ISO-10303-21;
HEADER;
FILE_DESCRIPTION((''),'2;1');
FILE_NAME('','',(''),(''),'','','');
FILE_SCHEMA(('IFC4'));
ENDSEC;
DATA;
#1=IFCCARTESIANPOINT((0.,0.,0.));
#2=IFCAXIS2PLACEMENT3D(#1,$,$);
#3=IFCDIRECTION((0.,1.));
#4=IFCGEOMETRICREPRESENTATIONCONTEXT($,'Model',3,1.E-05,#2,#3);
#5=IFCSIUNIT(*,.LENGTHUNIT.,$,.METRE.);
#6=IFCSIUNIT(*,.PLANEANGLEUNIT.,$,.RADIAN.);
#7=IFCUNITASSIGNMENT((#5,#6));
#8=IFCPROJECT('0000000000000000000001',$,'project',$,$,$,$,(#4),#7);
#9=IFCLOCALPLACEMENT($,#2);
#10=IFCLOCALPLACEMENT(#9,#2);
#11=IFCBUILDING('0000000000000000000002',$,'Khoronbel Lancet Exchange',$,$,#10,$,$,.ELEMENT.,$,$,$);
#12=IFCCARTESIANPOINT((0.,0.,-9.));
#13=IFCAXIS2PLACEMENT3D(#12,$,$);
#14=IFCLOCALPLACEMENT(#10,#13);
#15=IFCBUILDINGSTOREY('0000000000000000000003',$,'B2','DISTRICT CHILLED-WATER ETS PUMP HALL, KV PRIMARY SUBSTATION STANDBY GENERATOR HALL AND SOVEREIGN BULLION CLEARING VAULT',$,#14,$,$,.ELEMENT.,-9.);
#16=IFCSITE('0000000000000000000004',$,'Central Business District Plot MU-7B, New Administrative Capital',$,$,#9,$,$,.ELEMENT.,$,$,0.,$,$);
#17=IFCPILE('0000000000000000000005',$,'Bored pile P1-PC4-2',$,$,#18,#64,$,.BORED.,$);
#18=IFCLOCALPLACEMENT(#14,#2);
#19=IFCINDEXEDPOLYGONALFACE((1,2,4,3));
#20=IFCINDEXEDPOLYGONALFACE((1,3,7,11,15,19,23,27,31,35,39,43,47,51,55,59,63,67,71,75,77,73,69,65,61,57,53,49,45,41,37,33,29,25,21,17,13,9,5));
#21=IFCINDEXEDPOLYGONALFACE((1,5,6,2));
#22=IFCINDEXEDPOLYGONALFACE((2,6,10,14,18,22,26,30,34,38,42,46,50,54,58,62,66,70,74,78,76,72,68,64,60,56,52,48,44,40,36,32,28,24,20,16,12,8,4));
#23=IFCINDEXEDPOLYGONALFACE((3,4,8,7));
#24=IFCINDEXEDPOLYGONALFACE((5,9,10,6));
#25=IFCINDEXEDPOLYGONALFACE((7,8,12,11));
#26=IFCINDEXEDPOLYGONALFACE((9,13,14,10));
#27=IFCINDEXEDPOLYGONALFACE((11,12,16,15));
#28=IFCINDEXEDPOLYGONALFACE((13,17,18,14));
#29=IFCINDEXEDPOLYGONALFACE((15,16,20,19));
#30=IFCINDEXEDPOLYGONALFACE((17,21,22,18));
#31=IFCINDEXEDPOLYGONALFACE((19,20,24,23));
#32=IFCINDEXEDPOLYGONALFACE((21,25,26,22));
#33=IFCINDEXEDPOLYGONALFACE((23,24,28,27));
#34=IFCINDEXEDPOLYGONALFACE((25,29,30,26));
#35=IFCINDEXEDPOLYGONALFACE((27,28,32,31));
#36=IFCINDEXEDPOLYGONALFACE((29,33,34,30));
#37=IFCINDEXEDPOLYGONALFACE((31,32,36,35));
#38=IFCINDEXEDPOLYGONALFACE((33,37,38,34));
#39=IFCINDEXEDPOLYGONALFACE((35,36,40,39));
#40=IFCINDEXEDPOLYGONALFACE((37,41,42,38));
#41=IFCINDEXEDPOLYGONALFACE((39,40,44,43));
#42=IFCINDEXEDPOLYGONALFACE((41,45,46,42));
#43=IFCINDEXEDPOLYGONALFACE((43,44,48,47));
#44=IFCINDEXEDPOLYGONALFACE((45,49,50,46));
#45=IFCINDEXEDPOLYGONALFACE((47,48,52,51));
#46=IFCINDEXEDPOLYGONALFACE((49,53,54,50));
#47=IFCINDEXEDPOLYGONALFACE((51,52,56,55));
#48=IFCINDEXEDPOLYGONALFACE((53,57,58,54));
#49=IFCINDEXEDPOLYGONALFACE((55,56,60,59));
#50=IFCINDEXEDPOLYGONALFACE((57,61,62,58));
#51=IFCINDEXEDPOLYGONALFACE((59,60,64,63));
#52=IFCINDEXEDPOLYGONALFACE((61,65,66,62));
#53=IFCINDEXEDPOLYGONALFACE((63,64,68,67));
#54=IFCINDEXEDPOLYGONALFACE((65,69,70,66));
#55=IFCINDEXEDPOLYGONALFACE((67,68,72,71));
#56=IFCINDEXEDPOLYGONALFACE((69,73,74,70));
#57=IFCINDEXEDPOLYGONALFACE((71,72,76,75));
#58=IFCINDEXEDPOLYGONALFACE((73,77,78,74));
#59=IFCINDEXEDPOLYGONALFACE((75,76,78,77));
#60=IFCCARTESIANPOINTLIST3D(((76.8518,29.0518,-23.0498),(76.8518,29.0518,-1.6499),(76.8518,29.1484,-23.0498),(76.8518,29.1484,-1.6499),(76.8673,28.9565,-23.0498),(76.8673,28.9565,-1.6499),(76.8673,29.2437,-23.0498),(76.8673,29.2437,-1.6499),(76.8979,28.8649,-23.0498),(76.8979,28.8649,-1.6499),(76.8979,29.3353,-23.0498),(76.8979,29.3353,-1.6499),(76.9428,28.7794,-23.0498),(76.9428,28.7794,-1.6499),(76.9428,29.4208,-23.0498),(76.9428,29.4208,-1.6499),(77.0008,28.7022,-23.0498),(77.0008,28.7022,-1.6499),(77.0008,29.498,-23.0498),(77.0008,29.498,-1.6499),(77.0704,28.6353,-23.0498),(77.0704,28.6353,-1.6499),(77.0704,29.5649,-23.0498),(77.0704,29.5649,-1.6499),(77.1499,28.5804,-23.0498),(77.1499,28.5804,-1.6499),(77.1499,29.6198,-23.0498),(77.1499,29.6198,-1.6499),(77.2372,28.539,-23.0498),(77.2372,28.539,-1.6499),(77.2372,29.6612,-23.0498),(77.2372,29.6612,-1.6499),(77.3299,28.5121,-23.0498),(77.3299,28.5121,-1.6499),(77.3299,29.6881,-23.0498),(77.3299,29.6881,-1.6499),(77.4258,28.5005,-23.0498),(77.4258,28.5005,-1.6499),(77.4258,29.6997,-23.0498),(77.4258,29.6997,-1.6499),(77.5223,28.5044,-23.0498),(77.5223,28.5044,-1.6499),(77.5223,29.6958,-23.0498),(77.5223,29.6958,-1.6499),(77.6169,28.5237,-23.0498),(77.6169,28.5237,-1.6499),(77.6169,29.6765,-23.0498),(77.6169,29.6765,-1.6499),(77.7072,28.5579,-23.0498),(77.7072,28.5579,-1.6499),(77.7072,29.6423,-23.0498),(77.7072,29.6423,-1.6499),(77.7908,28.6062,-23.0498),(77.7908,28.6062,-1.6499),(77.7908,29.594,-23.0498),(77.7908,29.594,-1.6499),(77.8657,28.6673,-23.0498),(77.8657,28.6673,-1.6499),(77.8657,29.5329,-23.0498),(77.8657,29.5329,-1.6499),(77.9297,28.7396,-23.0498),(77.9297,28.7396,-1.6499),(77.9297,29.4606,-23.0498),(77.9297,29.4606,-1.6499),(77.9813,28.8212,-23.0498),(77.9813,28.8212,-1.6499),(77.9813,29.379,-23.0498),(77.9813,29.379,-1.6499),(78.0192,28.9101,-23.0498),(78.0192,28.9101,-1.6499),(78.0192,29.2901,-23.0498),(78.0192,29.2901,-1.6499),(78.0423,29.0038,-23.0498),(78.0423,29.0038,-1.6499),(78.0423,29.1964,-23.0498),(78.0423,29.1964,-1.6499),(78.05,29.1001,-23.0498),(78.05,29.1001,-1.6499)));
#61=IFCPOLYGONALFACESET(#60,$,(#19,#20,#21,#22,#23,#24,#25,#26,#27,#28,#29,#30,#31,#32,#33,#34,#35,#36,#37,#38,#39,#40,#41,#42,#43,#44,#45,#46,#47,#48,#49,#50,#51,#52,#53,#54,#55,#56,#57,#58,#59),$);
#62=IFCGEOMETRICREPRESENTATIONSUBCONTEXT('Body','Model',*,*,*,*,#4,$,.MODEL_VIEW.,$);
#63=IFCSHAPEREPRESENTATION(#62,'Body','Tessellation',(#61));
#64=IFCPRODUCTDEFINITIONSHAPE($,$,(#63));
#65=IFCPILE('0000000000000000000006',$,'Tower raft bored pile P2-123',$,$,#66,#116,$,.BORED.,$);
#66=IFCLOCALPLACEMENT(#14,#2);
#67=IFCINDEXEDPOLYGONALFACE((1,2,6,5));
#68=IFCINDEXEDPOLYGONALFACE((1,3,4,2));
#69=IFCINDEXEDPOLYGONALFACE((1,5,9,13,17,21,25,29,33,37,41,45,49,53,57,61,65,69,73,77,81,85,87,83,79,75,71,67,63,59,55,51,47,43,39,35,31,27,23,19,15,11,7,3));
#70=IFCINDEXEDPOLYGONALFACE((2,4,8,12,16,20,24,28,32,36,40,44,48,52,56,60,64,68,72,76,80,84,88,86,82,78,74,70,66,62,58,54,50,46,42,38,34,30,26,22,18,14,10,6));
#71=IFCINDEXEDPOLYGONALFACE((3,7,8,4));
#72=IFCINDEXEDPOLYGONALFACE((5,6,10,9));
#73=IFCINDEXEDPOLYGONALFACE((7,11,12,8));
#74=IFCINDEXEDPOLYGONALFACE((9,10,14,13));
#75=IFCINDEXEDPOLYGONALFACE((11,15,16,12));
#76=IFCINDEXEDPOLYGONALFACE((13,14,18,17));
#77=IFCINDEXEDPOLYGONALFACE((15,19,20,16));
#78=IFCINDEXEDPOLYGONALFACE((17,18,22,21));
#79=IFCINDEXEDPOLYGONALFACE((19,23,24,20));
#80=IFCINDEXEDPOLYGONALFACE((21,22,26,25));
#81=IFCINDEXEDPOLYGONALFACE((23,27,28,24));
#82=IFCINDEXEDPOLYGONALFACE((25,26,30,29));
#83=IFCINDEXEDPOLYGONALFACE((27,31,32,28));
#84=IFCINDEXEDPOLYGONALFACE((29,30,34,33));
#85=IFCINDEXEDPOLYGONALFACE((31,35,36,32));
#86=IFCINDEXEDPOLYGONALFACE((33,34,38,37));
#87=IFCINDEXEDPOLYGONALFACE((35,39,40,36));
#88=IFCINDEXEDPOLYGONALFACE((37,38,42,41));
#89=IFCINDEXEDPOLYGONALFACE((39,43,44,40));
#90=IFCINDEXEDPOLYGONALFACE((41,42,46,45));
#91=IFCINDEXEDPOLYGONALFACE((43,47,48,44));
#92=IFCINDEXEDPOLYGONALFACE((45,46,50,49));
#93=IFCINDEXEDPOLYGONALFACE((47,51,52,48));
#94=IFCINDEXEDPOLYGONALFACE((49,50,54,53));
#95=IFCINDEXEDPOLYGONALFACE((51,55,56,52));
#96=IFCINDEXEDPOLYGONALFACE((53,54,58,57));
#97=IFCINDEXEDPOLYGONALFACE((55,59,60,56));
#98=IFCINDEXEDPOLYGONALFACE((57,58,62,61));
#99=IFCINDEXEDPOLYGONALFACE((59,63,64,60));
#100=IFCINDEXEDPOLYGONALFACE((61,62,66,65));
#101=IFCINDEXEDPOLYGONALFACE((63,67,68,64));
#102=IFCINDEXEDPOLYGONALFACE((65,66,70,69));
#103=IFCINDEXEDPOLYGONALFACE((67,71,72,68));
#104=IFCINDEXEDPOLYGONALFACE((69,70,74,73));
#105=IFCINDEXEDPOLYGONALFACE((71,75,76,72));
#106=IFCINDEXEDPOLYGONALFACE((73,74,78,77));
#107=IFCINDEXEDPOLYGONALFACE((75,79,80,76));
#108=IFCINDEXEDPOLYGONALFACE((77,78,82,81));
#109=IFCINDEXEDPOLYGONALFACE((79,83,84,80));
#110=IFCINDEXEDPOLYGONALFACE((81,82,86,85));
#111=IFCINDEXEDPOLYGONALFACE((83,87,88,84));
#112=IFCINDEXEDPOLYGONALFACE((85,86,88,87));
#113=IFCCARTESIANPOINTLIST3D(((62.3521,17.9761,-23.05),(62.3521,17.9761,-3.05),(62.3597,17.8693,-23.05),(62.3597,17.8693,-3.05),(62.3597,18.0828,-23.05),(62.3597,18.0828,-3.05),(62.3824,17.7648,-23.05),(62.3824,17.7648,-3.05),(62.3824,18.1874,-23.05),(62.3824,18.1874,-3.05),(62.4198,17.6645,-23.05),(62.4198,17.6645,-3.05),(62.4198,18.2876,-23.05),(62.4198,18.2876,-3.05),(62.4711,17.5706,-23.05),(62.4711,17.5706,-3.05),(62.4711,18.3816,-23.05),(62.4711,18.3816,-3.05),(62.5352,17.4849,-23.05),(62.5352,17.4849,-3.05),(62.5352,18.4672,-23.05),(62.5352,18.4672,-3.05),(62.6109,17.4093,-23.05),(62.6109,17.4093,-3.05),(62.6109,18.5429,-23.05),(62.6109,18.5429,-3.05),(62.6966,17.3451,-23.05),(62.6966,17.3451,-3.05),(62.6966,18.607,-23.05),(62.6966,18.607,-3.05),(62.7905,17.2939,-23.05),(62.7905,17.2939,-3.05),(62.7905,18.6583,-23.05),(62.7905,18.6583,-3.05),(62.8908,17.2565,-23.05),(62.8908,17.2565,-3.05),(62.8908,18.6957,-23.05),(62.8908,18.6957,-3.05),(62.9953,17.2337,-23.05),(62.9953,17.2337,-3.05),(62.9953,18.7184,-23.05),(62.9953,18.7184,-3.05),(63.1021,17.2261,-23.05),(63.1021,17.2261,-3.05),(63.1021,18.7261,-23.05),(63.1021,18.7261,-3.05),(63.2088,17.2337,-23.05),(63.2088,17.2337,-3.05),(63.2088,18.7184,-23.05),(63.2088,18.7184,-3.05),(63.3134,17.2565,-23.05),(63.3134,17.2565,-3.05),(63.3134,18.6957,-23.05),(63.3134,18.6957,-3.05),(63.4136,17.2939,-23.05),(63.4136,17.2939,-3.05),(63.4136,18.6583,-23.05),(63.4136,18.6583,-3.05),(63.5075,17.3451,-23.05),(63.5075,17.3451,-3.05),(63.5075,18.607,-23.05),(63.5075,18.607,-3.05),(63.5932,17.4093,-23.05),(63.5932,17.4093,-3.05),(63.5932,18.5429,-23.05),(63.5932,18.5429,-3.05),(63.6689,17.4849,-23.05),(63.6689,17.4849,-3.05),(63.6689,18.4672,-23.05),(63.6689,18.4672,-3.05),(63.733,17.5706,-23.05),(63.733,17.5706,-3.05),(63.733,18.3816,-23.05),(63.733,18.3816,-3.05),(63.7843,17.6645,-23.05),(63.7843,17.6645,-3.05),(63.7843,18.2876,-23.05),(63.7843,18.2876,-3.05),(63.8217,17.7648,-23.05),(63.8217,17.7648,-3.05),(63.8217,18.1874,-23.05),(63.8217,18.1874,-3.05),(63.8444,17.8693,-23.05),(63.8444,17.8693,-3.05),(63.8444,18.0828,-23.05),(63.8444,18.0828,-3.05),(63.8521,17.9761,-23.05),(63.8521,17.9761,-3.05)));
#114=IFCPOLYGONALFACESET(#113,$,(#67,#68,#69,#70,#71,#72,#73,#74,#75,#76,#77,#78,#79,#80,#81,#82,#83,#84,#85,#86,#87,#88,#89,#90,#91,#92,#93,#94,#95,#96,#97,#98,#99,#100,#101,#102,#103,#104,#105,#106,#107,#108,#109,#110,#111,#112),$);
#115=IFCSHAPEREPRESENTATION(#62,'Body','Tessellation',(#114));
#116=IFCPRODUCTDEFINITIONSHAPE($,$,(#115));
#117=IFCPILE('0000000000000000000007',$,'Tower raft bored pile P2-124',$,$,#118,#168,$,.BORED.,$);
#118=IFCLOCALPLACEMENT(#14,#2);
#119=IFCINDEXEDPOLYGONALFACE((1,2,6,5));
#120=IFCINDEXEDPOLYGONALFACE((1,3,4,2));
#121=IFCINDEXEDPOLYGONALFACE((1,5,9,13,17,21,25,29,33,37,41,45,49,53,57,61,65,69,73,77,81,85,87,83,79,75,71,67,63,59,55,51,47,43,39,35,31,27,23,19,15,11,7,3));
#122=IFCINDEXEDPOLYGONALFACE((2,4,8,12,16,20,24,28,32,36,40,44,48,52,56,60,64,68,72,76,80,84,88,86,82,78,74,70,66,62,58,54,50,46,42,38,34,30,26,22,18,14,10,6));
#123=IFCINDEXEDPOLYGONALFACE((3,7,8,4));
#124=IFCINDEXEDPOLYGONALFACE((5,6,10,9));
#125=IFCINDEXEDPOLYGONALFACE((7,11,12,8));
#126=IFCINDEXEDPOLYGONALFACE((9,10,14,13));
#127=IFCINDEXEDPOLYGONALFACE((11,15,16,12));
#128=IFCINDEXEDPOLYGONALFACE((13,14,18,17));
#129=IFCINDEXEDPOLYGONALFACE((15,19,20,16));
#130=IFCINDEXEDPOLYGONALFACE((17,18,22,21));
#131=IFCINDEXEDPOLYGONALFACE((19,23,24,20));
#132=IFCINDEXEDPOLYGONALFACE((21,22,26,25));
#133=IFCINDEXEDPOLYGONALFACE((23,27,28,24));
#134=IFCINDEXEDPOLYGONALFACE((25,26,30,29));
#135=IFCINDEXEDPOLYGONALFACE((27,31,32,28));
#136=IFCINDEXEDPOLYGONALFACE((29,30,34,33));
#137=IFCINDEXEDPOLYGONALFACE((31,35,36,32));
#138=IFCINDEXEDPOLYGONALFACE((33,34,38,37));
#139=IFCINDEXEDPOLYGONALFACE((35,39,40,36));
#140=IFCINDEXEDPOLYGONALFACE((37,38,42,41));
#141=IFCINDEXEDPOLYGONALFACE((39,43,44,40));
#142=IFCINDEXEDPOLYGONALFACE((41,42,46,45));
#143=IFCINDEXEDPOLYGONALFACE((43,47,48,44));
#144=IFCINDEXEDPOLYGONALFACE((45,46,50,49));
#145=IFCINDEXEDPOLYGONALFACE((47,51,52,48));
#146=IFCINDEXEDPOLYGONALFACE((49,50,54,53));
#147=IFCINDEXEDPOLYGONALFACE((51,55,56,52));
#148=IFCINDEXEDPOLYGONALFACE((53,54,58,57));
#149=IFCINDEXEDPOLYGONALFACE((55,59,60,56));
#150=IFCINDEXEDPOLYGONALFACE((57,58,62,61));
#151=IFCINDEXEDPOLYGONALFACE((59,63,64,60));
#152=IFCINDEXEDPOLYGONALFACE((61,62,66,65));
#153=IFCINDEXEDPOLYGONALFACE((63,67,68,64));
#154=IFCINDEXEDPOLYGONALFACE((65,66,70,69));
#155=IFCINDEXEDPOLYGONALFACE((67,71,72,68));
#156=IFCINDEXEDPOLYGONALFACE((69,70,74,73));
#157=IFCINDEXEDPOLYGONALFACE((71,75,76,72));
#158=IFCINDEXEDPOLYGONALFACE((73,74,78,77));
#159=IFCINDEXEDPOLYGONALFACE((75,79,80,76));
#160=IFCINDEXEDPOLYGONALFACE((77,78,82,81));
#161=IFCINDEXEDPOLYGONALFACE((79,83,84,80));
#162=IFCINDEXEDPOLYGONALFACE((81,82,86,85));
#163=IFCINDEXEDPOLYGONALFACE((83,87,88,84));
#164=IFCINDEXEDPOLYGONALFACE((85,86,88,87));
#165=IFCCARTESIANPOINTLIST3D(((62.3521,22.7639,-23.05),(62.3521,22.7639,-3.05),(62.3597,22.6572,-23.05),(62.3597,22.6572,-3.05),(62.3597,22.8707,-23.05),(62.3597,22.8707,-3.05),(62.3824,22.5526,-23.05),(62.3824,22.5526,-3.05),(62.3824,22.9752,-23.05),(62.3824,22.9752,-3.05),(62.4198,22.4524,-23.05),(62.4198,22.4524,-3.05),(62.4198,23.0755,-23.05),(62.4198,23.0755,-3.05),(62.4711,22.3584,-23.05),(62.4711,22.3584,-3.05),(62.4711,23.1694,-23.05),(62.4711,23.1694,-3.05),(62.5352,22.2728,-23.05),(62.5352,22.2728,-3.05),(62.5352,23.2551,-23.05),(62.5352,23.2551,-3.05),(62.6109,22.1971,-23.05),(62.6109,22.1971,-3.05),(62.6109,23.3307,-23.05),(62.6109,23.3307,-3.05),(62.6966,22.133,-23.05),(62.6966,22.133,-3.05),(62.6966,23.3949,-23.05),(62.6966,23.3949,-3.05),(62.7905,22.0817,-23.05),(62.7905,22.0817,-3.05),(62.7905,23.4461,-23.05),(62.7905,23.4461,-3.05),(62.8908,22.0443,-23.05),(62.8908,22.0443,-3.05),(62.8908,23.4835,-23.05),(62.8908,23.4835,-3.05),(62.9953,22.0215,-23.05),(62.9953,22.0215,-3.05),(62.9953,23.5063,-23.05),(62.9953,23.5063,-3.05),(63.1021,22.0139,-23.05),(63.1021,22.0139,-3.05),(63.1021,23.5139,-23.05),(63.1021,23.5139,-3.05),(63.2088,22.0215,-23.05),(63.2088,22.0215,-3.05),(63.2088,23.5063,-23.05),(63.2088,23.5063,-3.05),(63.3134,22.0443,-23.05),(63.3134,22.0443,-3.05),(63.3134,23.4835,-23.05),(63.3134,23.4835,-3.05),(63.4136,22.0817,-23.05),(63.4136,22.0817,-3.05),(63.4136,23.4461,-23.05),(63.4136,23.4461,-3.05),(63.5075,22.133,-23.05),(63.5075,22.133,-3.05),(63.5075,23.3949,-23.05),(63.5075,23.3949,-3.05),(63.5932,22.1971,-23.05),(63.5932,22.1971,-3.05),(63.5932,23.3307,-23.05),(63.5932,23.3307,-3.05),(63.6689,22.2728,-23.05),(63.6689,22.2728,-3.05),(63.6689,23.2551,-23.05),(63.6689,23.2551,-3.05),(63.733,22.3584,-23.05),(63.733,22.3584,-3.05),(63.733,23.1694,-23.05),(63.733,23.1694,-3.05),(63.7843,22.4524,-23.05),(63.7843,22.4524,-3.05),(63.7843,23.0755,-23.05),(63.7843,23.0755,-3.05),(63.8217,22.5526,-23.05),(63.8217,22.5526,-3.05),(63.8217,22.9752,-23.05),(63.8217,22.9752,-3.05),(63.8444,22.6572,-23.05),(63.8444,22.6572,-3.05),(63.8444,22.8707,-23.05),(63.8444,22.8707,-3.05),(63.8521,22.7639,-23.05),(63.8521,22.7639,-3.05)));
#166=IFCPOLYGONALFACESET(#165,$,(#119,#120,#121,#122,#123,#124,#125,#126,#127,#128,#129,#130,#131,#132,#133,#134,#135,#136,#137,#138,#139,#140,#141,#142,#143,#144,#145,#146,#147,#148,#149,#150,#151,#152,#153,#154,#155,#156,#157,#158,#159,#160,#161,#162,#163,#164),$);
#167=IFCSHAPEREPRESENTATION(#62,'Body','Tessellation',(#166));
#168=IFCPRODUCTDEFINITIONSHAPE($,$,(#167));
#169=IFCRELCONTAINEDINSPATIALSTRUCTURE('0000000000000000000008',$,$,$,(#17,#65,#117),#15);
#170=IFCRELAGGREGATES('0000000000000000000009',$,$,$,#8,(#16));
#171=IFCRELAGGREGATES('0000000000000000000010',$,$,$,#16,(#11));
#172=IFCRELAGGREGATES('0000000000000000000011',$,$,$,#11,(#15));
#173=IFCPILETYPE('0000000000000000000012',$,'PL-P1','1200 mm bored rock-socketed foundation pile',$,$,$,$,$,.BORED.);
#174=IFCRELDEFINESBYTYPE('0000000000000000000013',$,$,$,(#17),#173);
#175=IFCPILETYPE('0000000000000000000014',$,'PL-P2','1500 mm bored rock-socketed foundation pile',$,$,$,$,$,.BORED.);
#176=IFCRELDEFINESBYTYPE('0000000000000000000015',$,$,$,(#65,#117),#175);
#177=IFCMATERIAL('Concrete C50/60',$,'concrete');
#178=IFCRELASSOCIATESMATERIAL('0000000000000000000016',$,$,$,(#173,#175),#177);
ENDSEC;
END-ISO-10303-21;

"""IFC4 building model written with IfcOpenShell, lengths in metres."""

from ifc_helpers import new_model, si_unit, direction, frame, origin, origin_2d, place, context, subcontext, project, spatial, circle, extrude, material, material_profile, profile_set, type_object, element, save


model = new_model("IFC4")

# Units and contexts
model_context = context("Model", 3, precision=1e-05, world=origin(), true_north=direction((0.0, 1.0)))
body_context = subcontext(model_context, "Body", "Model", "MODEL_VIEW")
ifc_project = project(units=[si_unit("LENGTHUNIT", "METRE"), si_unit("PLANEANGLEUNIT", "RADIAN")], contexts=[model_context])

# Site, building, storey
site_placement = place(None, origin())
site = spatial("IfcSite", under=ifc_project, at=site_placement, Name="Central Business District Plot MU-7B, New Administrative Capital", CompositionType="ELEMENT", RefElevation=0.0)
building_placement = place(site_placement, origin())
building = spatial("IfcBuilding", under=site, at=building_placement, Name="Khoronbel Lancet Exchange", CompositionType="ELEMENT")
storey_placement = place(building_placement, frame((0.0, 0.0, -9.0)))
storey = spatial("IfcBuildingStorey", under=building, at=storey_placement, Name="B2", Description="DISTRICT CHILLED-WATER ETS PUMP HALL, KV PRIMARY SUBSTATION STANDBY GENERATOR HALL AND SOVEREIGN BULLION CLEARING VAULT", CompositionType="ELEMENT", Elevation=-9.0)

# Shared definitions
ifc_material_1 = material(Name="Concrete C50/60", Category="concrete")

# Piles
ifc_material_profile_1 = material_profile(ifc_material_1, circle(Radius=0.6001, at=origin_2d()), Name="BORED PILE D1200")
ifc_profile_set_1 = profile_set([ifc_material_profile_1], Name="Concrete C50/60")
pile_type_1 = type_object("IfcPileType", Name="PL-P1", Description="1200 mm bored rock-socketed foundation pile", PredefinedType="BORED", material=ifc_profile_set_1)
for number, where, z_axis, x_axis, name in (
    (1, (77.45, 29.1001, -1.6499), (0.0, 0.0, -1.0), (1.0, 0.0, 0.0), "Bored pile P1-PC4-2"),
):
    element("IfcPile", number, at=place(storey_placement, frame(where, z_axis=z_axis, x_axis=x_axis)), inside=storey, type_object=pile_type_1, Name=name, PredefinedType="BORED", context=body_context, shape_type="SweptSolid", body=[
        extrude(circle(Radius=0.6001, at=origin_2d()), origin(), (0.0, 0.0, 1.0), 21.3999),
    ])
ifc_material_profile_2 = material_profile(ifc_material_1, circle(Radius=0.75, at=origin_2d()), Name="BORED PILE D1500")
ifc_profile_set_2 = profile_set([ifc_material_profile_2], Name="Concrete C50/60")
pile_type_2 = type_object("IfcPileType", Name="PL-P2", Description="1500 mm bored rock-socketed foundation pile", PredefinedType="BORED", material=ifc_profile_set_2)
for number, where, z_axis, x_axis, name in (
    (2, (63.1021, 17.9761, -3.05), (0.0, 0.0, -1.0), (1.0, 0.0, 0.0), "Tower raft bored pile P2-123"),
    (3, (63.1021, 22.7639, -3.05), (0.0, 0.0, -1.0), (1.0, 0.0, 0.0), "Tower raft bored pile P2-124"),
):
    element("IfcPile", number, at=place(storey_placement, frame(where, z_axis=z_axis, x_axis=x_axis)), inside=storey, type_object=pile_type_2, Name=name, PredefinedType="BORED", context=body_context, shape_type="SweptSolid", body=[
        extrude(circle(Radius=0.75, at=origin_2d()), origin(), (0.0, 0.0, 1.0), 20.0),
    ])

save(model, "model.ifc")
